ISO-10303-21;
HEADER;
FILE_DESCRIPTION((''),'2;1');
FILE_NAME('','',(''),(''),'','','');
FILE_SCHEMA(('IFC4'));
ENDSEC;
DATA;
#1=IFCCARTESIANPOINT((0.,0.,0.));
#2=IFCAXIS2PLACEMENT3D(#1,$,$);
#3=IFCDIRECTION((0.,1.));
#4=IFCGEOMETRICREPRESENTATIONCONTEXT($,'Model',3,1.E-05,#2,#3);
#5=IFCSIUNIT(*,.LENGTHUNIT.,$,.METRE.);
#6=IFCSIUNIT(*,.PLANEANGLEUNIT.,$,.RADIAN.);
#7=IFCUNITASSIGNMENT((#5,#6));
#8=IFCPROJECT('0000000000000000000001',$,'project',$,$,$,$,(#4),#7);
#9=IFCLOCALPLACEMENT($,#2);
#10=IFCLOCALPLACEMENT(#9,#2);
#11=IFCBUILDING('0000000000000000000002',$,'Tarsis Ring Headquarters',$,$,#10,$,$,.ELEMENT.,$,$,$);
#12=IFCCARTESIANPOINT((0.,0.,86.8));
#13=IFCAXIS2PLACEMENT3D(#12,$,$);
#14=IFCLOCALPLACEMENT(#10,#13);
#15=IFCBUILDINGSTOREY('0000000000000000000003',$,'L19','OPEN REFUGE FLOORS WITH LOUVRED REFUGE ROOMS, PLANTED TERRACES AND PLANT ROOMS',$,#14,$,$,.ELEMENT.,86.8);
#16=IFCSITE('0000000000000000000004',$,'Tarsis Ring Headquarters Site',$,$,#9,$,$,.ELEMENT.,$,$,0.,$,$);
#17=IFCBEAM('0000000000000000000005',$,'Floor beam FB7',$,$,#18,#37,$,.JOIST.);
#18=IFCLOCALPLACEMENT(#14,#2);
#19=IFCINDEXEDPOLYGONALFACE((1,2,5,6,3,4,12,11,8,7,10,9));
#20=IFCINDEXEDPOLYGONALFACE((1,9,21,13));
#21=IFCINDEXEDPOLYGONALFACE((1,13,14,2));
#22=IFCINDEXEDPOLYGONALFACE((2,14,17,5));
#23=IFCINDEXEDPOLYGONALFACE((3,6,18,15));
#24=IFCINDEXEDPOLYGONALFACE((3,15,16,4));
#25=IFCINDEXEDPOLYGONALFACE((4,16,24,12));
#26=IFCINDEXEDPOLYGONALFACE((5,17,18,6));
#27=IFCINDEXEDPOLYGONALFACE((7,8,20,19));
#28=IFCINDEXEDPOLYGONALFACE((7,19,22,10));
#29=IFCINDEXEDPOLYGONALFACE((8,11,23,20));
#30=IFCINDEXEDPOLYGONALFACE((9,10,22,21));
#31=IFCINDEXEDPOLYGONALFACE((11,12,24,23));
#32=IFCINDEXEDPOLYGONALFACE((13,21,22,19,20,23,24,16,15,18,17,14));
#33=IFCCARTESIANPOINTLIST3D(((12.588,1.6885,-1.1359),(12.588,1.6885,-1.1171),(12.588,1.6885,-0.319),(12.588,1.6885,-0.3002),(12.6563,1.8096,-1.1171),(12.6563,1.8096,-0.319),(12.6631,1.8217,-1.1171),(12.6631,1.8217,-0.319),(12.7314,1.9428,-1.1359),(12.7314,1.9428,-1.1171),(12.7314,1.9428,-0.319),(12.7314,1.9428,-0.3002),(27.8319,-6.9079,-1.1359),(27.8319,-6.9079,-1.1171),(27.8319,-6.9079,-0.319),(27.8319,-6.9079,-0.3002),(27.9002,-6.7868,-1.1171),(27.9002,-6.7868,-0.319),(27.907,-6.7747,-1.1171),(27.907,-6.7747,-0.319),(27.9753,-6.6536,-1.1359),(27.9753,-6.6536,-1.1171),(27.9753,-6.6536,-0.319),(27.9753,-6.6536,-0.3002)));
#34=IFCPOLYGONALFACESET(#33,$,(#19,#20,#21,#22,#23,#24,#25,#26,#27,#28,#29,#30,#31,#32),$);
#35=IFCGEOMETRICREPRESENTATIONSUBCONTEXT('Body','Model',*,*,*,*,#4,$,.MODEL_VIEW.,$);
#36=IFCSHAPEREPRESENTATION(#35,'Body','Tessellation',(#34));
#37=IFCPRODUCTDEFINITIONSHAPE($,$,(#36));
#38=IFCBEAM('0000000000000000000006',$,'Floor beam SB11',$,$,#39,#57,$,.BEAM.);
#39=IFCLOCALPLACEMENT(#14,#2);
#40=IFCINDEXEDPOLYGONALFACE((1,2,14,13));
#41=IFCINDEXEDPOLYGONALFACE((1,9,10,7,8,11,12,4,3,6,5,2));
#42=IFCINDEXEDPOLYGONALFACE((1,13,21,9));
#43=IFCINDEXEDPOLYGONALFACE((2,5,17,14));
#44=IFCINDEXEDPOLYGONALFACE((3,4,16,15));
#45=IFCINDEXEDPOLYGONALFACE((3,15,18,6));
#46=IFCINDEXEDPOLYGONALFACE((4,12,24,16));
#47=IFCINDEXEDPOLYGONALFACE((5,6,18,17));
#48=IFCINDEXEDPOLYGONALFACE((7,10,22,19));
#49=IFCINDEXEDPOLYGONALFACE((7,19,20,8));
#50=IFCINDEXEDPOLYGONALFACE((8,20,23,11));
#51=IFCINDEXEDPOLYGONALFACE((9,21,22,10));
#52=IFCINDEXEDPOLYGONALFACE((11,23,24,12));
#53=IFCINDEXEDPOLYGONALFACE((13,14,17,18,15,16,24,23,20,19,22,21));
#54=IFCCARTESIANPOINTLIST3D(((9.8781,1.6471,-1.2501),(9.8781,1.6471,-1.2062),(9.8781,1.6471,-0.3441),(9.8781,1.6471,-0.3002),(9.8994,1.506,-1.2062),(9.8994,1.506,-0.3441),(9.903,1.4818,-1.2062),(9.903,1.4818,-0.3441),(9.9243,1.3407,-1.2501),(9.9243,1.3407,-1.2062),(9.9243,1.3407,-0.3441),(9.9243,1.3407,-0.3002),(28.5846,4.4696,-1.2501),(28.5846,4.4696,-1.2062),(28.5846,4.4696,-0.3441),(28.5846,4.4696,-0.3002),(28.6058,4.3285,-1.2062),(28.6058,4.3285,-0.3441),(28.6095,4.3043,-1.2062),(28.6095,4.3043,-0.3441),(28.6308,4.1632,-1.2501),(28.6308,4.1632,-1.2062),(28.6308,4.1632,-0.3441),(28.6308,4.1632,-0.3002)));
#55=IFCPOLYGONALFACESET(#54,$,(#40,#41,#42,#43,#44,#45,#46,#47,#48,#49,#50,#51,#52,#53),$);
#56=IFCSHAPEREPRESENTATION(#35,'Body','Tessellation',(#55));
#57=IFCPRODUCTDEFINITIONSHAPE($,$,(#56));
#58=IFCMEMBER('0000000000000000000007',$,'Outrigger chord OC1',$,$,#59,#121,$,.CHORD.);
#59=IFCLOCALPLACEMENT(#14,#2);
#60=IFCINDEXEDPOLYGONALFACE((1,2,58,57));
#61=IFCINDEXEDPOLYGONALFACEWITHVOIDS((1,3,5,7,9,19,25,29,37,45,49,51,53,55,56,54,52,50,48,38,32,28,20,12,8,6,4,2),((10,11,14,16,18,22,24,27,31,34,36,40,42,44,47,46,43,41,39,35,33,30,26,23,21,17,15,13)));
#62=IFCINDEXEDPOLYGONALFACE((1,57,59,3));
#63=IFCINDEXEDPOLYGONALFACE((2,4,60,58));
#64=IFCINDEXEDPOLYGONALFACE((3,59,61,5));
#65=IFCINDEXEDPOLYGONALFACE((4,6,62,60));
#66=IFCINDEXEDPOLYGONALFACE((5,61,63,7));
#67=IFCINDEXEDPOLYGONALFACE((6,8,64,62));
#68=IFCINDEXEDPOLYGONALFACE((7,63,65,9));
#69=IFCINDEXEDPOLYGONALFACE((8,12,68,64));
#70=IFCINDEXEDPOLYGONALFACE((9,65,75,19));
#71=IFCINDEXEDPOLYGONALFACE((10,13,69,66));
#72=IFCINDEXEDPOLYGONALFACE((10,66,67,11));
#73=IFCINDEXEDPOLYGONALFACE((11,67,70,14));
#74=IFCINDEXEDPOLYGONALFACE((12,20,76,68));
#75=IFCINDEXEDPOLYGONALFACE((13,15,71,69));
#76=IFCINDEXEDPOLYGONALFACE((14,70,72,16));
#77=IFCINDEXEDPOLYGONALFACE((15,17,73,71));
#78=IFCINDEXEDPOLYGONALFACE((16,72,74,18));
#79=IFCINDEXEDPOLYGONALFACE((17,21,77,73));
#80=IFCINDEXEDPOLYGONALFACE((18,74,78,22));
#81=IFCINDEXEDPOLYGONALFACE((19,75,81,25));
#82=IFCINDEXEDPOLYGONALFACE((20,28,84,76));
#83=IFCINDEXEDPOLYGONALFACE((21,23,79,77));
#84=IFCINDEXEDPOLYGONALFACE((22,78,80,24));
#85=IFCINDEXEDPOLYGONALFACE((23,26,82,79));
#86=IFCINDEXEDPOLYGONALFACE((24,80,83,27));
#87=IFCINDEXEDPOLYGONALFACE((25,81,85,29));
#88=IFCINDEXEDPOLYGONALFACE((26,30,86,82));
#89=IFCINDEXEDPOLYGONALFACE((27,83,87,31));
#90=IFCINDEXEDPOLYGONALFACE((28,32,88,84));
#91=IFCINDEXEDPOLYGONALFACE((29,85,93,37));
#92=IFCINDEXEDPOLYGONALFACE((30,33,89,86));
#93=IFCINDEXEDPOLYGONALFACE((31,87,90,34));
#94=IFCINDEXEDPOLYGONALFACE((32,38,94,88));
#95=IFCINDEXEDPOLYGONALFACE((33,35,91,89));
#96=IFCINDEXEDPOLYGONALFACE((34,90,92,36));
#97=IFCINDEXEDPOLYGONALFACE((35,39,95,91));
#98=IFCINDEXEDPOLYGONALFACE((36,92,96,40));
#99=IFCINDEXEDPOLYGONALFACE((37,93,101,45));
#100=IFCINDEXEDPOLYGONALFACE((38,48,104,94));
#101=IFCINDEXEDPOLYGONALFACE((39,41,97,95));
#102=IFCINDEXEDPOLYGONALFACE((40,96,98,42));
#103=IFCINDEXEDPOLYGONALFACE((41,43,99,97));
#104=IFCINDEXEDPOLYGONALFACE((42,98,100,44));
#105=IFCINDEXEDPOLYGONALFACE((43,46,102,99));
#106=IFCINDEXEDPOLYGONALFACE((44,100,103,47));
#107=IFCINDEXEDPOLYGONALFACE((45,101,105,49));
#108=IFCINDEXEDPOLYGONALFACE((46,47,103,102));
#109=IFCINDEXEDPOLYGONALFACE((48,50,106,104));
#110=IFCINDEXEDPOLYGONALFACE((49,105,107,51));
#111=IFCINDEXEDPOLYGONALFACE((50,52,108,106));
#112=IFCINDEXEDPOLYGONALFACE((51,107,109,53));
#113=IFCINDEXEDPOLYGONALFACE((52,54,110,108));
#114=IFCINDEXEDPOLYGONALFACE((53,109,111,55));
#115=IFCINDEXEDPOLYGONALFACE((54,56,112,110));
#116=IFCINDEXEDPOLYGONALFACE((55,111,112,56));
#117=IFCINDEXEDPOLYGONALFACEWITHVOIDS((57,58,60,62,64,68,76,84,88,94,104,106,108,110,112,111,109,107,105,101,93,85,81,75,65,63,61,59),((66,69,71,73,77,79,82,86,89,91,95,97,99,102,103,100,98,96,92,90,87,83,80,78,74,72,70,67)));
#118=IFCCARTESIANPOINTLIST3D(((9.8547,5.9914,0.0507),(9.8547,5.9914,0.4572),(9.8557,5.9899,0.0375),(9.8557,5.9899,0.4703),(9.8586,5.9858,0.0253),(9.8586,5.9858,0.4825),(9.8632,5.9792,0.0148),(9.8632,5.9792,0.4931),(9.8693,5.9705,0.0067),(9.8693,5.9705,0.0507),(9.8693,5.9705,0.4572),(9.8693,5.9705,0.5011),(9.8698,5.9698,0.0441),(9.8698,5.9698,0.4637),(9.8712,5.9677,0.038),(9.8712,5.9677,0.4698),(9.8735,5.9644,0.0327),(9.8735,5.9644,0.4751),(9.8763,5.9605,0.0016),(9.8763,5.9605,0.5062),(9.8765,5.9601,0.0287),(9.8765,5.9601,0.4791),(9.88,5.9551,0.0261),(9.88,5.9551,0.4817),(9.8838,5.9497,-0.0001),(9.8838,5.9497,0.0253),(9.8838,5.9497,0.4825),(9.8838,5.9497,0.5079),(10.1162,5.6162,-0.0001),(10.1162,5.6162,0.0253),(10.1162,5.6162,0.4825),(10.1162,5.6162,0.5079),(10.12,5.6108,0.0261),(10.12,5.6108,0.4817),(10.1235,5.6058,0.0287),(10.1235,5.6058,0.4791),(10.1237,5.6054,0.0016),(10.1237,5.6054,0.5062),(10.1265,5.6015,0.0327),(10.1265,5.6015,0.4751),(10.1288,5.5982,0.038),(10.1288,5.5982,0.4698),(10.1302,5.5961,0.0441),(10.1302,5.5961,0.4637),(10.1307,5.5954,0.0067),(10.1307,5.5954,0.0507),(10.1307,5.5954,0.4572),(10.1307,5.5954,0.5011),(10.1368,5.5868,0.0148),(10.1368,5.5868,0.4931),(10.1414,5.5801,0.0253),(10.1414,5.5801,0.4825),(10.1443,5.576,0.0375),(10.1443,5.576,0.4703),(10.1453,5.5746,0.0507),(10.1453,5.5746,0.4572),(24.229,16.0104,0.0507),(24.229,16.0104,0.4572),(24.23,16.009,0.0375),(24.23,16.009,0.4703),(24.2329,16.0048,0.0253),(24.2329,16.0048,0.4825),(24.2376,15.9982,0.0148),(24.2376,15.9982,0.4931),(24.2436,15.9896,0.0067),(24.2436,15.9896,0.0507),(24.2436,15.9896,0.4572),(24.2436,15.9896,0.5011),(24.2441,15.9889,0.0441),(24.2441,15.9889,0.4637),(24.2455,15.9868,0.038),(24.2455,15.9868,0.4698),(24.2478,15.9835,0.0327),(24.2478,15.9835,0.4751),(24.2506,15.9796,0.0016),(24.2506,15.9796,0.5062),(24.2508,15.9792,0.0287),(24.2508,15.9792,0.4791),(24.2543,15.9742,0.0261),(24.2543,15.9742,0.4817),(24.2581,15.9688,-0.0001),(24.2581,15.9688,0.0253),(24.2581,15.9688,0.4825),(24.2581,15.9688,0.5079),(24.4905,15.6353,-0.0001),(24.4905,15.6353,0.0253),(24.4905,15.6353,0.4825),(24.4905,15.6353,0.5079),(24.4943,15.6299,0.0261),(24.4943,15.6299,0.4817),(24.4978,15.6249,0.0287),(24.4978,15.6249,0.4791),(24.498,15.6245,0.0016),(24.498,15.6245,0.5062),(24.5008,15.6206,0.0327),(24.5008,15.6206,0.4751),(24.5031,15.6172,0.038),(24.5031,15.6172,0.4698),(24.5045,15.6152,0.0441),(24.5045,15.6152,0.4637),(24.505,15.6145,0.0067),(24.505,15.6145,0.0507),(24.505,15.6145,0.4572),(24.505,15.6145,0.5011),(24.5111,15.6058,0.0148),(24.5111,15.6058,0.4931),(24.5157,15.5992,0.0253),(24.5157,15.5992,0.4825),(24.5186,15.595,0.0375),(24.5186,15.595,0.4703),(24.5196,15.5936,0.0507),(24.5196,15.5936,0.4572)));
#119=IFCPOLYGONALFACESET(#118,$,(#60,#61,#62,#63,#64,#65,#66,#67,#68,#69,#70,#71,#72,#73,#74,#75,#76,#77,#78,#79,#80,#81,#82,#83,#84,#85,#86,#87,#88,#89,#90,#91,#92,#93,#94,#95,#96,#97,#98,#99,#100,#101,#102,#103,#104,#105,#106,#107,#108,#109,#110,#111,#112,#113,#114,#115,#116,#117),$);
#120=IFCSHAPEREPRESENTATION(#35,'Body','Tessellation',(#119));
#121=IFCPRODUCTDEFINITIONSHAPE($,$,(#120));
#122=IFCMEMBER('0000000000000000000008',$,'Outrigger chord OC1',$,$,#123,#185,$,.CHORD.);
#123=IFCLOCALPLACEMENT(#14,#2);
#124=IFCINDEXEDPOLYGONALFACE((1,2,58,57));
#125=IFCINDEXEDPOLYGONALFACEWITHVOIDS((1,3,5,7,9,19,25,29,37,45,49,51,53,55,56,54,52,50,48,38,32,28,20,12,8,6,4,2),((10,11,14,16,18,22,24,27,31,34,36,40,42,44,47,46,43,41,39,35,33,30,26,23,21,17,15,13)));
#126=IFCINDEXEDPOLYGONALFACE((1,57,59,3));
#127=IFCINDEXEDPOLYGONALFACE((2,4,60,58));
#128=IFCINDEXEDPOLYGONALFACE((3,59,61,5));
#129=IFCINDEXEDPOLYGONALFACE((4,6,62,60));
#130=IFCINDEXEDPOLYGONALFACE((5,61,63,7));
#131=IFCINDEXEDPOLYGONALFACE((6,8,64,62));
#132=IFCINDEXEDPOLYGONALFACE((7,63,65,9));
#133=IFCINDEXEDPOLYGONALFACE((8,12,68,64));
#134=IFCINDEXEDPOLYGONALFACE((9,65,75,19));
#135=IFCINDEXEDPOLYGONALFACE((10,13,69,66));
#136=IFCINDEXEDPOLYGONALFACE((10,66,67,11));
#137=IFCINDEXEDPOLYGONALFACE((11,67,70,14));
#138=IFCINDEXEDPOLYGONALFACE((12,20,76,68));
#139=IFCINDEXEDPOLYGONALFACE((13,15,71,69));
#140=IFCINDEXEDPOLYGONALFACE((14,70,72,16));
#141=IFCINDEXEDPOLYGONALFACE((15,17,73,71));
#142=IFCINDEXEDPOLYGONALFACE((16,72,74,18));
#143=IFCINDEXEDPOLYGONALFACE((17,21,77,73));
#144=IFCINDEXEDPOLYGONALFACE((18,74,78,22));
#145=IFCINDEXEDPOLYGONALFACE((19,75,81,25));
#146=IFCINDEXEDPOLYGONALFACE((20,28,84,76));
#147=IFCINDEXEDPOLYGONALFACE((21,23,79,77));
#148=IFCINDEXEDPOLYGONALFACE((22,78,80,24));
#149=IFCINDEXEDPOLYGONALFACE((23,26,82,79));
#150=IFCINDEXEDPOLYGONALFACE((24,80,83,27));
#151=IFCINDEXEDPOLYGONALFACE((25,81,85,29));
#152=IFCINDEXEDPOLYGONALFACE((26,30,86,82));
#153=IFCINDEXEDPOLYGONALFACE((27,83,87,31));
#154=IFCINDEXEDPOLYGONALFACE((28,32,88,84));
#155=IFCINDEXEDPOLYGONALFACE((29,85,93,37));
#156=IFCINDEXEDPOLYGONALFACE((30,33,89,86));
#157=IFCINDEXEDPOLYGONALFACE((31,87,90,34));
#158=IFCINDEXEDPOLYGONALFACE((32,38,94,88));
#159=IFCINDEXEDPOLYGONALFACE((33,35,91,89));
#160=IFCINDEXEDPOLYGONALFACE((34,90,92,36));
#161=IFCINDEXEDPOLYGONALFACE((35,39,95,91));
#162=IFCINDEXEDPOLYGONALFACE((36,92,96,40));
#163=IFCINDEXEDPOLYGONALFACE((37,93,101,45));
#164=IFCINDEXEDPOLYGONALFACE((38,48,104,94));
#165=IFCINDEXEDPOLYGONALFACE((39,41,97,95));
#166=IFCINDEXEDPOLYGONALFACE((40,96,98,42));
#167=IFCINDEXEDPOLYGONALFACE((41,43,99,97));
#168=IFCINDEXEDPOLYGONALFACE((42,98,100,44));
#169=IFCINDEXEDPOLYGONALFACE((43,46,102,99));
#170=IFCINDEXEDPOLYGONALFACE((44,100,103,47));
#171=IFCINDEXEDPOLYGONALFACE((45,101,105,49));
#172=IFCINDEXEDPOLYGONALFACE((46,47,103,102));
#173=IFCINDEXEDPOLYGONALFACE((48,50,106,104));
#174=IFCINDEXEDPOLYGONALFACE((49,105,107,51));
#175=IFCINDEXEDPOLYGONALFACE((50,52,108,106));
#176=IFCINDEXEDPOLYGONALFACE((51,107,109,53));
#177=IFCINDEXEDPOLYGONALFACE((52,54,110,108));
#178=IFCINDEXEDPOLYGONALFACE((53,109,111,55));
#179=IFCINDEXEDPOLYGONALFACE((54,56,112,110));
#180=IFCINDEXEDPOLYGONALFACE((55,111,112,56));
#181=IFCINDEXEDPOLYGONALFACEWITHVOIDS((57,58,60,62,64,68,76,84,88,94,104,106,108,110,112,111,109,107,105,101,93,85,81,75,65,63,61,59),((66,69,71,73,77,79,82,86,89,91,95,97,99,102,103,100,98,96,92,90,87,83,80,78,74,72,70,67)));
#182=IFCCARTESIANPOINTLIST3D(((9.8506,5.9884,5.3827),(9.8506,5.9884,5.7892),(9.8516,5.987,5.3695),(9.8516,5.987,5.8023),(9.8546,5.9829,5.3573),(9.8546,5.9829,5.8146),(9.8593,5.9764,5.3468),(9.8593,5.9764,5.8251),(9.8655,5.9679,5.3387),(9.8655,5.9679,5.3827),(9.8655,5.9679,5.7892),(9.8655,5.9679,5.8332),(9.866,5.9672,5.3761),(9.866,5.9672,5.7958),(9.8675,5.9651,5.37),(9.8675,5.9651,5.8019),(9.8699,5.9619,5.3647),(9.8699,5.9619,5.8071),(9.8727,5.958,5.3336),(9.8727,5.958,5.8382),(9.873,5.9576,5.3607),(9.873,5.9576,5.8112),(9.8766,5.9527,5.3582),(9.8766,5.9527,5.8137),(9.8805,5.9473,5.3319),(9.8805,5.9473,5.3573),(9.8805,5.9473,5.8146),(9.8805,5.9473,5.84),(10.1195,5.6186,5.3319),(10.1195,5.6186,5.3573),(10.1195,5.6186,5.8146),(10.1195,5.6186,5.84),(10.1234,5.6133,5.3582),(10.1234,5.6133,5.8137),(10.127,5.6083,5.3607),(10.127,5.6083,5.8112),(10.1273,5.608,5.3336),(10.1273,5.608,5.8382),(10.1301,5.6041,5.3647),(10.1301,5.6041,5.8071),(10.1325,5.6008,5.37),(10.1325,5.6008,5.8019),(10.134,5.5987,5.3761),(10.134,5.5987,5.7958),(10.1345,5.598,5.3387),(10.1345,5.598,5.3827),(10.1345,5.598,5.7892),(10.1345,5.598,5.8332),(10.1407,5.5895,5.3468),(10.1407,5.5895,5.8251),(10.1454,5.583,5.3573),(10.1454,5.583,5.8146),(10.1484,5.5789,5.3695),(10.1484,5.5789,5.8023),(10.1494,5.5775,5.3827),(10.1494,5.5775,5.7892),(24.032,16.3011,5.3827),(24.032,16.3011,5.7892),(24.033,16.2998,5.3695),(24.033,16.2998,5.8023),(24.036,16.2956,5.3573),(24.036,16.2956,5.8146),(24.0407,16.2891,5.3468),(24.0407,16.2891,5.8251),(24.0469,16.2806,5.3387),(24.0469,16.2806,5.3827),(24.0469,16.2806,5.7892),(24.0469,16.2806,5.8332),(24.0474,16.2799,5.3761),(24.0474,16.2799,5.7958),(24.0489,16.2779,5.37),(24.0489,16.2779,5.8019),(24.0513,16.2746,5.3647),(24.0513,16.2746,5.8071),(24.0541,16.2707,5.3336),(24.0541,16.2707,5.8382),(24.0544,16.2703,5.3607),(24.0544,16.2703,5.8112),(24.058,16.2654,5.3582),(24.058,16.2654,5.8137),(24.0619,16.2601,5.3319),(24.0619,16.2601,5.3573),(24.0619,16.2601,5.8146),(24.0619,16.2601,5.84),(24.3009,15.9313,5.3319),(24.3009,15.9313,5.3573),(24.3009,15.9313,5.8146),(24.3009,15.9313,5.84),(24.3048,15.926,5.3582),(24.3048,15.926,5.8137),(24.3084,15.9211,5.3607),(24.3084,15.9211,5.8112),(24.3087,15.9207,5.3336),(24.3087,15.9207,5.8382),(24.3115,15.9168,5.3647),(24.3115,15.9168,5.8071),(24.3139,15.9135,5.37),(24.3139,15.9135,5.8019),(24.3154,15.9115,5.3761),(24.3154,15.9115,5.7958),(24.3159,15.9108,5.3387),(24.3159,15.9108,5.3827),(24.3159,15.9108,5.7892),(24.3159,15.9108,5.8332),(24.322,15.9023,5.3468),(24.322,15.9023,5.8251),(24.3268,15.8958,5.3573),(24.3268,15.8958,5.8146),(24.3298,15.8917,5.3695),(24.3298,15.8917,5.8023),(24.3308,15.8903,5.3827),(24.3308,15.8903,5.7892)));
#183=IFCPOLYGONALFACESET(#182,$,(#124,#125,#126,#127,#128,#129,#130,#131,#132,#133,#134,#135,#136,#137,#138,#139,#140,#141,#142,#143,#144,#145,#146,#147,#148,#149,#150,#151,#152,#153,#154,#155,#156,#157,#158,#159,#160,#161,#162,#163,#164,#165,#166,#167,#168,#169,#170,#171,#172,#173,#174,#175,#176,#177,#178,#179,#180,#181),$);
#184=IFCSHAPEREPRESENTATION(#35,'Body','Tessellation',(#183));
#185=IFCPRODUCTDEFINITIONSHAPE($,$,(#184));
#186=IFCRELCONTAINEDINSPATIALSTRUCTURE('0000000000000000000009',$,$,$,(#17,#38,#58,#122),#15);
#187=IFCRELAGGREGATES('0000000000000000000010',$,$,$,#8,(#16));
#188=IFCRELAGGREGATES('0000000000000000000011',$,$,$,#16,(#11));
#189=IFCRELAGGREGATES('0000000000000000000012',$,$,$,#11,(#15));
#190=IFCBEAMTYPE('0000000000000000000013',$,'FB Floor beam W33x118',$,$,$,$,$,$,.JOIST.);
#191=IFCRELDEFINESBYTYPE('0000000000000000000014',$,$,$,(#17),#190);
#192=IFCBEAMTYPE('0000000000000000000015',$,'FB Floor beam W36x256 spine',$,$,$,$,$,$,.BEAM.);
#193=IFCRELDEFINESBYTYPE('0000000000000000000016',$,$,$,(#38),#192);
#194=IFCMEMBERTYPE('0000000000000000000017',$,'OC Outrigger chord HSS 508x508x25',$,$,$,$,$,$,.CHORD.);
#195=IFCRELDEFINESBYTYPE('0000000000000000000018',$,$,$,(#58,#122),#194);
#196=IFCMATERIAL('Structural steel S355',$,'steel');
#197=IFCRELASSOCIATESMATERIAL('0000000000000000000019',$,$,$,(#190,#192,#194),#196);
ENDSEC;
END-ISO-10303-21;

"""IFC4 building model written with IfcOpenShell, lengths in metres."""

from ifc_helpers import new_model, si_unit, direction, frame, origin, origin_2d, place, context, subcontext, project, spatial, hollow_rectangle, i_section, extrude, material, material_profile, profile_set, type_object, element, save


model = new_model("IFC4")

# Units and contexts
model_context = context("Model", 3, precision=1e-05, world=origin(), true_north=direction((0.0, 1.0)))
body_context = subcontext(model_context, "Body", "Model", "MODEL_VIEW")
ifc_project = project(units=[si_unit("LENGTHUNIT", "METRE"), si_unit("PLANEANGLEUNIT", "RADIAN")], contexts=[model_context])

# Site, building, storey
site_placement = place(None, origin())
site = spatial("IfcSite", under=ifc_project, at=site_placement, Name="Tarsis Ring Headquarters Site", CompositionType="ELEMENT", RefElevation=0.0)
building_placement = place(site_placement, origin())
building = spatial("IfcBuilding", under=site, at=building_placement, Name="Tarsis Ring Headquarters", CompositionType="ELEMENT")
storey_placement = place(building_placement, frame((0.0, 0.0, 86.8)))
storey = spatial("IfcBuildingStorey", under=building, at=storey_placement, Name="L19", Description="OPEN REFUGE FLOORS WITH LOUVRED REFUGE ROOMS, PLANTED TERRACES AND PLANT ROOMS", CompositionType="ELEMENT", Elevation=86.8)

# Beams
ifc_material_1 = material(Name="Structural steel S355", Category="steel")
ifc_material_profile_1 = material_profile(ifc_material_1, i_section(OverallWidth=0.292, OverallDepth=0.8357, WebThickness=0.0139, FlangeThickness=0.0188, at=origin_2d()), Name="W33x118")
ifc_profile_set_1 = profile_set([ifc_material_profile_1], Name="Structural steel S355")
beam_type_1 = type_object("IfcBeamType", Name="FB Floor beam W33x118", PredefinedType="JOIST", material=ifc_profile_set_1)
beam_1_placement = place(storey_placement, frame((12.6597, 1.8157, -0.718), z_axis=(0.871044, -0.491205, 0.0), x_axis=(0.491205, 0.871044, 0.0)))
element("IfcBeam", 1, at=beam_1_placement, inside=storey, type_object=beam_type_1, Name="Floor beam FB7", PredefinedType="JOIST", context=body_context, shape_type="SweptSolid", body=[
    extrude(i_section(OverallWidth=0.292, OverallDepth=0.8357, WebThickness=0.0139, FlangeThickness=0.0188, at=origin_2d()), origin(), (0.0, 0.0, 1.0), 17.5007),
])
ifc_material_profile_2 = material_profile(ifc_material_1, i_section(OverallWidth=0.3098, OverallDepth=0.95, WebThickness=0.0244, FlangeThickness=0.0439, at=origin_2d()), Name="W36x256")
ifc_profile_set_2 = profile_set([ifc_material_profile_2], Name="Structural steel S355")
beam_type_2 = type_object("IfcBeamType", Name="FB Floor beam W36x256 spine", PredefinedType="BEAM", material=ifc_profile_set_2)
beam_2_placement = place(storey_placement, frame((28.6077, 4.3164, -0.7751), z_axis=(-0.988808, -0.149195, 0.0), x_axis=(0.149195, -0.988808, 0.0)))
element("IfcBeam", 2, at=beam_2_placement, inside=storey, type_object=beam_type_2, Name="Floor beam SB11", PredefinedType="BEAM", context=body_context, shape_type="SweptSolid", body=[
    extrude(i_section(OverallWidth=0.3098, OverallDepth=0.95, WebThickness=0.0244, FlangeThickness=0.0439, at=origin_2d()), origin(), (0.0, 0.0, 1.0), 18.9182),
])

# Members
ifc_material_profile_3 = material_profile(ifc_material_1, hollow_rectangle(XDim=0.5081, YDim=0.5081, WallThickness=0.0254, InnerFilletRadius=0.0254, OuterFilletRadius=0.0508, at=origin_2d()), Name="HSS 508x508x25")
ifc_profile_set_3 = profile_set([ifc_material_profile_3], Name="Structural steel S355")
member_type_1 = type_object("IfcMemberType", Name="OC Outrigger chord HSS 508x508x25", PredefinedType="CHORD", material=ifc_profile_set_3)
member_1_placement = place(storey_placement, frame((10.0, 5.783, 0.2539), z_axis=(0.820382, 0.571816, 0.0), x_axis=(-0.571816, 0.820382, 0.0)))
element("IfcMember", 3, at=member_1_placement, inside=storey, type_object=member_type_1, Name="Outrigger chord OC1", PredefinedType="CHORD", context=body_context, shape_type="SweptSolid", body=[
    extrude(hollow_rectangle(XDim=0.5081, YDim=0.5081, WallThickness=0.0254, InnerFilletRadius=0.0254, OuterFilletRadius=0.0508, at=origin_2d()), origin(), (0.0, 0.0, 1.0), 17.5215),
])
member_2_placement = place(storey_placement, frame((10.0, 5.783, 5.5859), z_axis=(0.808763, 0.588134, 0.0), x_axis=(-0.588134, 0.808763, 0.0)))
element("IfcMember", 4, at=member_2_placement, inside=storey, type_object=member_type_1, Name="Outrigger chord OC1", PredefinedType="CHORD", context=body_context, shape_type="SweptSolid", body=[
    extrude(hollow_rectangle(XDim=0.5081, YDim=0.5081, WallThickness=0.0254, InnerFilletRadius=0.0254, OuterFilletRadius=0.0508, at=origin_2d()), origin(), (0.0, 0.0, 1.0), 17.5347),
])

save(model, "model.ifc")
